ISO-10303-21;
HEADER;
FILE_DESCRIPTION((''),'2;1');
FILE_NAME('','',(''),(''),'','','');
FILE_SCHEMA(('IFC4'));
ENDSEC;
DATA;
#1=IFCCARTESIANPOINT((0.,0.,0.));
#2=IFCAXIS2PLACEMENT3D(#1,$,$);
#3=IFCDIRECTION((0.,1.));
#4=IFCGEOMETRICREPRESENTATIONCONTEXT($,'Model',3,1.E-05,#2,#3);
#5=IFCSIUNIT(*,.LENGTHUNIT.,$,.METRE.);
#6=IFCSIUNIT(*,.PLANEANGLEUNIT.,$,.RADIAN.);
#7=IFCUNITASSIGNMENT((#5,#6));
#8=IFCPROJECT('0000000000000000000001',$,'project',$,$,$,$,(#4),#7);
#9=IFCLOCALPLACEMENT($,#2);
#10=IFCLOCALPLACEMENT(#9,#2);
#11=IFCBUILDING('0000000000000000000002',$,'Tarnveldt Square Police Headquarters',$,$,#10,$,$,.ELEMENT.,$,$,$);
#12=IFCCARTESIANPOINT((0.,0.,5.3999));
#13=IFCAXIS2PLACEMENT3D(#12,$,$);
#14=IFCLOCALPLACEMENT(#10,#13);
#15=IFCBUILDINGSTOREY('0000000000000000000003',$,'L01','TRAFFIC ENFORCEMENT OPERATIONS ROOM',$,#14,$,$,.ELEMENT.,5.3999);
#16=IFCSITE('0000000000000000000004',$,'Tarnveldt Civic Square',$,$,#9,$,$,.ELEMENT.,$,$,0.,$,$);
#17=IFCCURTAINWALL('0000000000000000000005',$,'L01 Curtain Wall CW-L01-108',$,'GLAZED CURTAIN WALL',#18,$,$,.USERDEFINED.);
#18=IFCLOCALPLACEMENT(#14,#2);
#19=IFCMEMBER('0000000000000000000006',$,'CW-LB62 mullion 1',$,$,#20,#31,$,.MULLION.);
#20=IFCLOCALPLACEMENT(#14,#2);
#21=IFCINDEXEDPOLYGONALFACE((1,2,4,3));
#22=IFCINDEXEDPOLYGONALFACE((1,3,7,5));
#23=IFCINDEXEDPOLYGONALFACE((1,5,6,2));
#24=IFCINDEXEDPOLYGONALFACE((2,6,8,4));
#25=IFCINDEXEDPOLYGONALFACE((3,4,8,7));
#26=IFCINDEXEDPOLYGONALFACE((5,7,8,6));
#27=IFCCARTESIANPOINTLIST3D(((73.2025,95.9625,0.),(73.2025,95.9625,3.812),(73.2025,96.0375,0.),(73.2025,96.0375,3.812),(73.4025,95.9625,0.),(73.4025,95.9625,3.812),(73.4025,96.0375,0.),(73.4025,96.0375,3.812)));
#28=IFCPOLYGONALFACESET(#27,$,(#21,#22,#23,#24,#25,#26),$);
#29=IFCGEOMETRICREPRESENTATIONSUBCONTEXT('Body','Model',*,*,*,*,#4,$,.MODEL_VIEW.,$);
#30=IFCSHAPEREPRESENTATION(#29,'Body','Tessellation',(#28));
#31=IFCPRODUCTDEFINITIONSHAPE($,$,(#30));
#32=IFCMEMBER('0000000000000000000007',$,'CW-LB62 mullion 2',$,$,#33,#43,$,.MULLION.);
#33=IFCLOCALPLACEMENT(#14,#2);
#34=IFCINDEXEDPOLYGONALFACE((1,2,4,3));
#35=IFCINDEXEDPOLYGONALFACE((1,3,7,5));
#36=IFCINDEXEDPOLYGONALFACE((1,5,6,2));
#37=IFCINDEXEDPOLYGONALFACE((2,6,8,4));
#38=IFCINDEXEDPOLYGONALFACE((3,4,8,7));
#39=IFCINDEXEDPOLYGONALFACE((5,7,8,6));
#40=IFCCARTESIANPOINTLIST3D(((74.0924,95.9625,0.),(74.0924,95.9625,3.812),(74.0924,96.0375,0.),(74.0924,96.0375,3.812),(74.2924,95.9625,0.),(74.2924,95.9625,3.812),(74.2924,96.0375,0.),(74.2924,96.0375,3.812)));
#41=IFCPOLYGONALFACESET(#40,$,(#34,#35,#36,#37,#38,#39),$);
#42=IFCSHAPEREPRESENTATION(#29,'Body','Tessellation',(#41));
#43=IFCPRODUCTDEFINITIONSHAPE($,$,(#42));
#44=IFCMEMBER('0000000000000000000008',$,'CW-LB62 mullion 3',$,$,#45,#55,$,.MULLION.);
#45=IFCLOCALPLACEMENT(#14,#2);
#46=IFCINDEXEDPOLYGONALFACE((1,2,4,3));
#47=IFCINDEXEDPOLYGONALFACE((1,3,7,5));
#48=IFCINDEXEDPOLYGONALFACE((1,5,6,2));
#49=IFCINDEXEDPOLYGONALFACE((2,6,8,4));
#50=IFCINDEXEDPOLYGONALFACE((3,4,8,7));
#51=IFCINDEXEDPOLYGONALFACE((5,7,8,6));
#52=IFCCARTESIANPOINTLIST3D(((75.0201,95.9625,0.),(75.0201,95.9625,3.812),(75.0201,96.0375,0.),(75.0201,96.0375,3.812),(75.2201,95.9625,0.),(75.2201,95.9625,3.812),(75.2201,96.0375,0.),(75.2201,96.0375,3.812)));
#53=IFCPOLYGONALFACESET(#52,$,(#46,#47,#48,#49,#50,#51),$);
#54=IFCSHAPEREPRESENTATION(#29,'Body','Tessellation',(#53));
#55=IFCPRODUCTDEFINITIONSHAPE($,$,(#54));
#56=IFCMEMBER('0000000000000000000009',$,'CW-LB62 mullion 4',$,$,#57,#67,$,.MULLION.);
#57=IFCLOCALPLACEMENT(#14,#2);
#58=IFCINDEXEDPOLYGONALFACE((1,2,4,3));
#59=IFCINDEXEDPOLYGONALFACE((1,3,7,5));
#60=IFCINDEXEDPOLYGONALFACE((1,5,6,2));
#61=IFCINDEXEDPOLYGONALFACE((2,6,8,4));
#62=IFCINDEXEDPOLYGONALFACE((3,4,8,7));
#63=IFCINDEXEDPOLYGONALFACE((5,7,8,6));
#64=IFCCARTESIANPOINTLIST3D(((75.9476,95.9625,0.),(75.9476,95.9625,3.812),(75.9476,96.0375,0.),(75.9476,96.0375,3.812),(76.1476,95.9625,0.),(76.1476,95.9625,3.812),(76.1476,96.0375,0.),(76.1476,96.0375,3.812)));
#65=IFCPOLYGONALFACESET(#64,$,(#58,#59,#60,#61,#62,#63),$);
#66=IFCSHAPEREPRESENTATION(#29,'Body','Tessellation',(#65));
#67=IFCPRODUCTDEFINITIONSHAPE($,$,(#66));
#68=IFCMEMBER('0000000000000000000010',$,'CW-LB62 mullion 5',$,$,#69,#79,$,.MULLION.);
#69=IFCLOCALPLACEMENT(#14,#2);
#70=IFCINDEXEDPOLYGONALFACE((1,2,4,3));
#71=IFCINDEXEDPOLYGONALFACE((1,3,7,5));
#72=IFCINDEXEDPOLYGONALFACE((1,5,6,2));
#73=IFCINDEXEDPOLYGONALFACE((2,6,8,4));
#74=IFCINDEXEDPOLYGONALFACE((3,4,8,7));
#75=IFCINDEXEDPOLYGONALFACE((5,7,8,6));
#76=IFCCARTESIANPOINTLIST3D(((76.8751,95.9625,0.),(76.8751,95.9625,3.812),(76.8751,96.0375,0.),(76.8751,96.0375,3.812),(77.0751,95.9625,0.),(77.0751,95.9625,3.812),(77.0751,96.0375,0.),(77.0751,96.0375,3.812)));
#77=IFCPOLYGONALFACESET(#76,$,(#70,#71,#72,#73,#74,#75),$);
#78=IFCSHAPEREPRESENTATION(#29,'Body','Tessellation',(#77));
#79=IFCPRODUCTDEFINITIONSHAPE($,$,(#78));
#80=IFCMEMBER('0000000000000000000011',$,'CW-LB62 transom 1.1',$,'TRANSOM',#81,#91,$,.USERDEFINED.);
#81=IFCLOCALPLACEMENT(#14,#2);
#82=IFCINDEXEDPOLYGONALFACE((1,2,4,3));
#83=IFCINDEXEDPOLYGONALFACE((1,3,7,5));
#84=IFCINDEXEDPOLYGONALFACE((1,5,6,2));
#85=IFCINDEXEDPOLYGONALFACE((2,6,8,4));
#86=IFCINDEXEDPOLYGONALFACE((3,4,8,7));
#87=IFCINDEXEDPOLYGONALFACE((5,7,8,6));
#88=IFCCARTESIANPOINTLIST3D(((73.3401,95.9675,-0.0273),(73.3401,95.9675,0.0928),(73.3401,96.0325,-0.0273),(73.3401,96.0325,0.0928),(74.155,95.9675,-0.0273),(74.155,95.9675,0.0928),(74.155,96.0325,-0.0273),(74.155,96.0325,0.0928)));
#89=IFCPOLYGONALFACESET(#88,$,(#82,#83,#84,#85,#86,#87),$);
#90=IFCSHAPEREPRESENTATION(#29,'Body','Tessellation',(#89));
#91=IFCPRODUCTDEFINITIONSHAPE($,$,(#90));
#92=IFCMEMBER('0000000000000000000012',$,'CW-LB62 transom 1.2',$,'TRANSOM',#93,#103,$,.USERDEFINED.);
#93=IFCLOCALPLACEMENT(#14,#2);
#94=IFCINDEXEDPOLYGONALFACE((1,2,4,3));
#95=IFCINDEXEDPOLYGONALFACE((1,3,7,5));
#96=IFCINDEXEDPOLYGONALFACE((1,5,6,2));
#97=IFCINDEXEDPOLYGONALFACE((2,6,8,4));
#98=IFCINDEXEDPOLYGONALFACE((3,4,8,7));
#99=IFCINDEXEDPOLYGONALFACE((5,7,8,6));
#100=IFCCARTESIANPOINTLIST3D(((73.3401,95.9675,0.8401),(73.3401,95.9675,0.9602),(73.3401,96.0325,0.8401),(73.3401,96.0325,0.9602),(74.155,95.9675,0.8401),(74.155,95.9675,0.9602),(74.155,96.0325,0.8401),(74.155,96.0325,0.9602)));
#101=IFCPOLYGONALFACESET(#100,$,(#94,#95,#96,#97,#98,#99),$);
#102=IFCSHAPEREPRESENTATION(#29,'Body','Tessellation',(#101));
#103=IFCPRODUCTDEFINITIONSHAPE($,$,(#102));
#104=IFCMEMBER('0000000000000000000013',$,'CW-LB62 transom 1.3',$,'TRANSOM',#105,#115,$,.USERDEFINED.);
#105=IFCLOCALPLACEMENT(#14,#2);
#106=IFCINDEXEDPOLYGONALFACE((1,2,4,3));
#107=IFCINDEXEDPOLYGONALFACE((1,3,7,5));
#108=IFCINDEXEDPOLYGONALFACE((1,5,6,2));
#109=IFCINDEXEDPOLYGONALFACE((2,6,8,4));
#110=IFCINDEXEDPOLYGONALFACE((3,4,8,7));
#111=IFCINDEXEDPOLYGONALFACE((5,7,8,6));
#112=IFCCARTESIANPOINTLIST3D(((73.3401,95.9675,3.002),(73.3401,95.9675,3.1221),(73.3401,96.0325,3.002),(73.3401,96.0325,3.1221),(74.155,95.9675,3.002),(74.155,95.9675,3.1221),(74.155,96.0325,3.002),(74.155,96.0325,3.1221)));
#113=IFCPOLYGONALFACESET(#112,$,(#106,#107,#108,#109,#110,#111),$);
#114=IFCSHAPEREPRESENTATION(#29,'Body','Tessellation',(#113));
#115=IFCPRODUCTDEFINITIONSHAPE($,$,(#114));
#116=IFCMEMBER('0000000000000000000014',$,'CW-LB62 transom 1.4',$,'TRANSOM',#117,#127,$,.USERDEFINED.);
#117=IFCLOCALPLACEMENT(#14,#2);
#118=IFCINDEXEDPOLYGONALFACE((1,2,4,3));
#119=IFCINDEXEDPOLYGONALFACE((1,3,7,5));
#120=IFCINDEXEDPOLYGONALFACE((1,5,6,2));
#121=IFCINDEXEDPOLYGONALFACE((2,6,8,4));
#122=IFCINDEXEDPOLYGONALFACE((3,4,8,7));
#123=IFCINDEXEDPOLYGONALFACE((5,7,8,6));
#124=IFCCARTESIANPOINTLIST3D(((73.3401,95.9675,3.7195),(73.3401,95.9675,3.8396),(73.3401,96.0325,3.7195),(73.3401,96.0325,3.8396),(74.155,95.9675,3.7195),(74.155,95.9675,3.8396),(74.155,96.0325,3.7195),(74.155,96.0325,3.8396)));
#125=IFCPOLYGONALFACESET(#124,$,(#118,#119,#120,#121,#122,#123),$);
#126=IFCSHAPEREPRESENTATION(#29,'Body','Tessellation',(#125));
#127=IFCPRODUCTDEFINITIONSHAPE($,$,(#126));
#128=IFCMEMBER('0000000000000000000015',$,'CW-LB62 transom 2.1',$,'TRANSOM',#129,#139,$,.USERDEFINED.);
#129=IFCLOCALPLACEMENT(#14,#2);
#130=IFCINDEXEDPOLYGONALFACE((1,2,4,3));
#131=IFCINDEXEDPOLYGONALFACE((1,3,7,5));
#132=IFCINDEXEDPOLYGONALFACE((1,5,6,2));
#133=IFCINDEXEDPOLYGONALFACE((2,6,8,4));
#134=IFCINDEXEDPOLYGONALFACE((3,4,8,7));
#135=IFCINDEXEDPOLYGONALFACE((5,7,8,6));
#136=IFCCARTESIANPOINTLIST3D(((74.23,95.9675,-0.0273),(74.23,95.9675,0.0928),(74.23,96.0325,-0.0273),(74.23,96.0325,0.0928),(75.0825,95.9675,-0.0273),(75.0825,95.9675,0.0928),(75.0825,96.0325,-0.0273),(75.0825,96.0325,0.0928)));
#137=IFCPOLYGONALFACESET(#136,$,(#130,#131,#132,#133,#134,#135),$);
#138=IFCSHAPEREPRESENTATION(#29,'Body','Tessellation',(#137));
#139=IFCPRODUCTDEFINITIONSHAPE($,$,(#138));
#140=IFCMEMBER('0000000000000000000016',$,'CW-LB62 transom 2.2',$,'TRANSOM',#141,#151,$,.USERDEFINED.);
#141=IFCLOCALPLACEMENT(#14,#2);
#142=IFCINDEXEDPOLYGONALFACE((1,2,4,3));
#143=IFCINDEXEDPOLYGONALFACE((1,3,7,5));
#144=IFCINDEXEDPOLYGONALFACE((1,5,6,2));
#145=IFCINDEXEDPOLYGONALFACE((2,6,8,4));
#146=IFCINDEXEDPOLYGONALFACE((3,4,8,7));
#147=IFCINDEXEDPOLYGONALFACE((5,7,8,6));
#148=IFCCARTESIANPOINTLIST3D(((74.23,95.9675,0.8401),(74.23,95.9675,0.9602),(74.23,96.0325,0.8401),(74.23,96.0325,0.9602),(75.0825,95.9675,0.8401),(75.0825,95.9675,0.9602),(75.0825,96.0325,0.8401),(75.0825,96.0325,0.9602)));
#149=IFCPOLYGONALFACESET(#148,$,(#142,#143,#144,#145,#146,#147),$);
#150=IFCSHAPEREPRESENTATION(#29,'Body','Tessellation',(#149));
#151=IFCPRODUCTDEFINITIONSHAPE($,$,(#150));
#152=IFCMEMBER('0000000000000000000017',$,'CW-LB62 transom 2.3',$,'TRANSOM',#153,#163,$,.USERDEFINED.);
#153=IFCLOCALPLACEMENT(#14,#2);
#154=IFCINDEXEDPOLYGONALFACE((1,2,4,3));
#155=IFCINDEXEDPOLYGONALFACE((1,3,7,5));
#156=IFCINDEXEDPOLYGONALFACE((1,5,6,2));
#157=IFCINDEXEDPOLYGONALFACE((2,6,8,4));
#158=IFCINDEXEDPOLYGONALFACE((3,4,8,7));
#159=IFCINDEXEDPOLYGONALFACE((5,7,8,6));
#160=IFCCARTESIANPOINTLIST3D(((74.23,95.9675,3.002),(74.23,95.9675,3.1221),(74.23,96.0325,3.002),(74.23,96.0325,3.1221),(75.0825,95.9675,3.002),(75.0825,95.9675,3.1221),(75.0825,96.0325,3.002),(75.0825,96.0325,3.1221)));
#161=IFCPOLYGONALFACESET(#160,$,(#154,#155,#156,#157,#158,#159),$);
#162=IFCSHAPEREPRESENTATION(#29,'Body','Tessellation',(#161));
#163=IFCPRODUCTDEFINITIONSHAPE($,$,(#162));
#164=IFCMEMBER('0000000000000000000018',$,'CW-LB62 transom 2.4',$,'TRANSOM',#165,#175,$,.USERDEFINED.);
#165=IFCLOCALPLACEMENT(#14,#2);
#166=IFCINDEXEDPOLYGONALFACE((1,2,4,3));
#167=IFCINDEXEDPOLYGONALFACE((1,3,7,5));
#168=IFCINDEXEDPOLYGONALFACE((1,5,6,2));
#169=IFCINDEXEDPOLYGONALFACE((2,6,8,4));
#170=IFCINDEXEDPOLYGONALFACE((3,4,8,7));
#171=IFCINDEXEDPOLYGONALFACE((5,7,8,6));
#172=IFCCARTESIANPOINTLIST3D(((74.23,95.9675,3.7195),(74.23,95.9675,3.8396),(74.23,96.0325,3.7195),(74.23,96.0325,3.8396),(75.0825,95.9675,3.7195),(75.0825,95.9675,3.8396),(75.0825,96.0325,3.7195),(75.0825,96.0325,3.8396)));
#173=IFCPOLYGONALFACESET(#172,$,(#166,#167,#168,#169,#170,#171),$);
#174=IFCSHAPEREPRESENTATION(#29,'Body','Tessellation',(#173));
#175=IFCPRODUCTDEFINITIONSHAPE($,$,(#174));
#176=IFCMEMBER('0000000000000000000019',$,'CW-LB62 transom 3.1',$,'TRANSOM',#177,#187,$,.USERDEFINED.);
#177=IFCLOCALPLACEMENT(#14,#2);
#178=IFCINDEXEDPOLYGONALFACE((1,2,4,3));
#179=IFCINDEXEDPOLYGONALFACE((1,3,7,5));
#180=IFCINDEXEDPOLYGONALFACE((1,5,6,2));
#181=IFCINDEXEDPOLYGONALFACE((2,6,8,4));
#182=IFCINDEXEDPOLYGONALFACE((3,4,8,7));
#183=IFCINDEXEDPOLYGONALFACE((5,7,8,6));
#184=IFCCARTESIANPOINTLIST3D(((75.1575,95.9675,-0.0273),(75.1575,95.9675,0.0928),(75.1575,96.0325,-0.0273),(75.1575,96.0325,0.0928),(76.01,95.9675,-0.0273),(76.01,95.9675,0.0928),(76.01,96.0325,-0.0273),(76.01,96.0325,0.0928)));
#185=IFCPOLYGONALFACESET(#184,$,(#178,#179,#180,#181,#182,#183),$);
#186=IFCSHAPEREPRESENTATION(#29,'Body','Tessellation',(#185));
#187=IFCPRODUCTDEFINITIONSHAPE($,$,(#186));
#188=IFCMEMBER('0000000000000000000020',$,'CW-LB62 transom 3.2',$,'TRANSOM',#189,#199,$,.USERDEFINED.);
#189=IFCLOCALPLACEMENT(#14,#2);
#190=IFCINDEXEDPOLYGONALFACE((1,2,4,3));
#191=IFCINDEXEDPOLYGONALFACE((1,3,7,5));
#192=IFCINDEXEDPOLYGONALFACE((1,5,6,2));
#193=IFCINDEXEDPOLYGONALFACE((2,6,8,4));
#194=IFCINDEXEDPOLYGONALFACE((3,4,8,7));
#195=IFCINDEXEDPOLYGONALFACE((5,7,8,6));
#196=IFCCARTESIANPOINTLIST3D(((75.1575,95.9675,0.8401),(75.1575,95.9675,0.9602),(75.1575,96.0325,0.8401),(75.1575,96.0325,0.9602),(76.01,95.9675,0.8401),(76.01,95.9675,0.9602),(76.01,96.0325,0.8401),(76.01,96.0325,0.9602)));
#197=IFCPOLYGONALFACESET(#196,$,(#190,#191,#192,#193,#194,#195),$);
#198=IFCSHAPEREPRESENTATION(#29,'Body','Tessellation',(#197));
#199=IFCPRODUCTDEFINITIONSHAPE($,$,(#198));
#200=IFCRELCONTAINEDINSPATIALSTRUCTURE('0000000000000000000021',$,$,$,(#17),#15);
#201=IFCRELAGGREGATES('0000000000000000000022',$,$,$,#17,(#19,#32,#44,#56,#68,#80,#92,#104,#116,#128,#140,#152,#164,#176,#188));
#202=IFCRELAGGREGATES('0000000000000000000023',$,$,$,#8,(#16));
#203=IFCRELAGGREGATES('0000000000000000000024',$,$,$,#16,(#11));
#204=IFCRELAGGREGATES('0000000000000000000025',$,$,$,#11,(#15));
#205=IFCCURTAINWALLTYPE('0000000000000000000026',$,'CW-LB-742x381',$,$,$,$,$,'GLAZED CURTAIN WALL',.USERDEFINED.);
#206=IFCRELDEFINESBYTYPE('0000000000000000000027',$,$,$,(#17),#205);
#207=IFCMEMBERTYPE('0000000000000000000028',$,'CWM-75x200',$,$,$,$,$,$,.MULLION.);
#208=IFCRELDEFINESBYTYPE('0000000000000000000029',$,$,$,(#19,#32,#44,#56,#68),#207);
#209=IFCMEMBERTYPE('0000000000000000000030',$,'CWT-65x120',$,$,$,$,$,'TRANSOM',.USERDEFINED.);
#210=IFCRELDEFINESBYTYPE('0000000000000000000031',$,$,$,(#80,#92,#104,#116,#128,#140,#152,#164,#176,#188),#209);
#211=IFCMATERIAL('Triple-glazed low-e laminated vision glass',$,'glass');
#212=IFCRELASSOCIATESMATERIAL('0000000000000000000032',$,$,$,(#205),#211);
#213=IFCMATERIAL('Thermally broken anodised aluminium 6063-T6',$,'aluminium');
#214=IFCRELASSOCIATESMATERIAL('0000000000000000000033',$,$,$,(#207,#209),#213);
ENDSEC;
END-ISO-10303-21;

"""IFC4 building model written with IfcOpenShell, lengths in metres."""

from ifc_helpers import new_model, si_unit, direction, frame, origin, origin_2d, place, context, subcontext, project, spatial, rectangle, extrude, material, material_profile, profile_set, type_object, element, aggregate, save


model = new_model("IFC4")

# Units and contexts
model_context = context("Model", 3, precision=1e-05, world=origin(), true_north=direction((0.0, 1.0)))
body_context = subcontext(model_context, "Body", "Model", "MODEL_VIEW")
ifc_project = project(units=[si_unit("LENGTHUNIT", "METRE"), si_unit("PLANEANGLEUNIT", "RADIAN")], contexts=[model_context])

# Site, building, storey
site_placement = place(None, origin())
site = spatial("IfcSite", under=ifc_project, at=site_placement, Name="Tarnveldt Civic Square", CompositionType="ELEMENT", RefElevation=0.0)
building_placement = place(site_placement, origin())
building = spatial("IfcBuilding", under=site, at=building_placement, Name="Tarnveldt Square Police Headquarters", CompositionType="ELEMENT")
storey_placement = place(building_placement, frame((0.0, 0.0, 5.3999)))
storey = spatial("IfcBuildingStorey", under=building, at=storey_placement, Name="L01", Description="TRAFFIC ENFORCEMENT OPERATIONS ROOM", CompositionType="ELEMENT", Elevation=5.3999)

# Curtain wall, members
ifc_material_1 = material(Name="Triple-glazed low-e laminated vision glass", Category="glass")
curtain_wall_type = type_object("IfcCurtainWallType", Name="CW-LB-742x381", ElementType="GLAZED CURTAIN WALL", PredefinedType="USERDEFINED", material=ifc_material_1)
curtain_wall_placement = place(storey_placement, origin())
curtain_wall = element("IfcCurtainWall", 1, at=curtain_wall_placement, inside=storey, type_object=curtain_wall_type, Name="L01 Curtain Wall CW-L01-108", ObjectType="GLAZED CURTAIN WALL", PredefinedType="USERDEFINED")
ifc_material_2 = material(Name="Thermally broken anodised aluminium 6063-T6", Category="aluminium")
ifc_material_profile_1 = material_profile(ifc_material_2, rectangle(XDim=0.075, YDim=0.2, at=origin_2d()), Name="CW-M75x200")
ifc_profile_set_1 = profile_set([ifc_material_profile_1], Name="Thermally broken anodised aluminium 6063-T6")
member_type_1 = type_object("IfcMemberType", Name="CWM-75x200", PredefinedType="MULLION", material=ifc_profile_set_1)
member_1_placement = place(storey_placement, frame((73.3025, 96.0, 0.0), z_axis=(0.0, 0.0, 1.0), x_axis=(0.0, 1.0, 0.0)))
member_1 = element("IfcMember", 2, at=member_1_placement, type_object=member_type_1, Name="CW-LB62 mullion 1", PredefinedType="MULLION", context=body_context, shape_type="SweptSolid", body=[
    extrude(rectangle(XDim=0.075, YDim=0.2, at=origin_2d()), origin(), (0.0, 0.0, 1.0), 3.812),
])
member_2_placement = place(storey_placement, frame((74.1924, 96.0, 0.0), z_axis=(0.0, 0.0, 1.0), x_axis=(0.0, 1.0, 0.0)))
member_2 = element("IfcMember", 3, at=member_2_placement, type_object=member_type_1, Name="CW-LB62 mullion 2", PredefinedType="MULLION", context=body_context, shape_type="SweptSolid", body=[
    extrude(rectangle(XDim=0.075, YDim=0.2, at=origin_2d()), origin(), (0.0, 0.0, 1.0), 3.812),
])
member_3_placement = place(storey_placement, frame((75.1201, 96.0, 0.0), z_axis=(0.0, 0.0, 1.0), x_axis=(0.0, 1.0, 0.0)))
member_3 = element("IfcMember", 4, at=member_3_placement, type_object=member_type_1, Name="CW-LB62 mullion 3", PredefinedType="MULLION", context=body_context, shape_type="SweptSolid", body=[
    extrude(rectangle(XDim=0.075, YDim=0.2, at=origin_2d()), origin(), (0.0, 0.0, 1.0), 3.812),
])
member_4_placement = place(storey_placement, frame((76.0476, 96.0, 0.0), z_axis=(0.0, 0.0, 1.0), x_axis=(0.0, 1.0, 0.0)))
member_4 = element("IfcMember", 5, at=member_4_placement, type_object=member_type_1, Name="CW-LB62 mullion 4", PredefinedType="MULLION", context=body_context, shape_type="SweptSolid", body=[
    extrude(rectangle(XDim=0.075, YDim=0.2, at=origin_2d()), origin(), (0.0, 0.0, 1.0), 3.812),
])
member_5_placement = place(storey_placement, frame((76.9751, 96.0, 0.0), z_axis=(0.0, 0.0, 1.0), x_axis=(0.0, 1.0, 0.0)))
member_5 = element("IfcMember", 6, at=member_5_placement, type_object=member_type_1, Name="CW-LB62 mullion 5", PredefinedType="MULLION", context=body_context, shape_type="SweptSolid", body=[
    extrude(rectangle(XDim=0.075, YDim=0.2, at=origin_2d()), origin(), (0.0, 0.0, 1.0), 3.812),
])
ifc_material_profile_2 = material_profile(ifc_material_2, rectangle(XDim=0.0649, YDim=0.1201, at=origin_2d()), Name="CW-T65x120")
ifc_profile_set_2 = profile_set([ifc_material_profile_2], Name="Thermally broken anodised aluminium 6063-T6")
member_type_2 = type_object("IfcMemberType", Name="CWT-65x120", ElementType="TRANSOM", PredefinedType="USERDEFINED", material=ifc_profile_set_2)
member_6_placement = place(storey_placement, frame((73.3401, 96.0, 0.0327), z_axis=(1.0, 0.0, 0.0), x_axis=(0.0, 1.0, 0.0)))
member_6 = element("IfcMember", 7, at=member_6_placement, type_object=member_type_2, Name="CW-LB62 transom 1.1", ObjectType="TRANSOM", PredefinedType="USERDEFINED", context=body_context, shape_type="SweptSolid", body=[
    extrude(rectangle(XDim=0.0649, YDim=0.1201, at=origin_2d()), origin(), (0.0, 0.0, 1.0), 0.8149),
])
member_7_placement = place(storey_placement, frame((73.3401, 96.0, 0.9001), z_axis=(1.0, 0.0, 0.0), x_axis=(0.0, 1.0, 0.0)))
member_7 = element("IfcMember", 8, at=member_7_placement, type_object=member_type_2, Name="CW-LB62 transom 1.2", ObjectType="TRANSOM", PredefinedType="USERDEFINED", context=body_context, shape_type="SweptSolid", body=[
    extrude(rectangle(XDim=0.0649, YDim=0.1201, at=origin_2d()), origin(), (0.0, 0.0, 1.0), 0.8149),
])
member_8_placement = place(storey_placement, frame((73.3401, 96.0, 3.062), z_axis=(1.0, 0.0, 0.0), x_axis=(0.0, 1.0, 0.0)))
member_8 = element("IfcMember", 9, at=member_8_placement, type_object=member_type_2, Name="CW-LB62 transom 1.3", ObjectType="TRANSOM", PredefinedType="USERDEFINED", context=body_context, shape_type="SweptSolid", body=[
    extrude(rectangle(XDim=0.0649, YDim=0.1201, at=origin_2d()), origin(), (0.0, 0.0, 1.0), 0.8149),
])
member_9_placement = place(storey_placement, frame((73.3401, 96.0, 3.7795), z_axis=(1.0, 0.0, 0.0), x_axis=(0.0, 1.0, 0.0)))
member_9 = element("IfcMember", 10, at=member_9_placement, type_object=member_type_2, Name="CW-LB62 transom 1.4", ObjectType="TRANSOM", PredefinedType="USERDEFINED", context=body_context, shape_type="SweptSolid", body=[
    extrude(rectangle(XDim=0.0649, YDim=0.1201, at=origin_2d()), origin(), (0.0, 0.0, 1.0), 0.8149),
])
member_10_placement = place(storey_placement, frame((74.23, 96.0, 0.0327), z_axis=(1.0, 0.0, 0.0), x_axis=(0.0, 1.0, 0.0)))
member_10 = element("IfcMember", 11, at=member_10_placement, type_object=member_type_2, Name="CW-LB62 transom 2.1", ObjectType="TRANSOM", PredefinedType="USERDEFINED", context=body_context, shape_type="SweptSolid", body=[
    extrude(rectangle(XDim=0.0649, YDim=0.1201, at=origin_2d()), origin(), (0.0, 0.0, 1.0), 0.8525),
])
member_11_placement = place(storey_placement, frame((74.23, 96.0, 0.9001), z_axis=(1.0, 0.0, 0.0), x_axis=(0.0, 1.0, 0.0)))
member_11 = element("IfcMember", 12, at=member_11_placement, type_object=member_type_2, Name="CW-LB62 transom 2.2", ObjectType="TRANSOM", PredefinedType="USERDEFINED", context=body_context, shape_type="SweptSolid", body=[
    extrude(rectangle(XDim=0.0649, YDim=0.1201, at=origin_2d()), origin(), (0.0, 0.0, 1.0), 0.8525),
])
member_12_placement = place(storey_placement, frame((74.23, 96.0, 3.062), z_axis=(1.0, 0.0, 0.0), x_axis=(0.0, 1.0, 0.0)))
member_12 = element("IfcMember", 13, at=member_12_placement, type_object=member_type_2, Name="CW-LB62 transom 2.3", ObjectType="TRANSOM", PredefinedType="USERDEFINED", context=body_context, shape_type="SweptSolid", body=[
    extrude(rectangle(XDim=0.0649, YDim=0.1201, at=origin_2d()), origin(), (0.0, 0.0, 1.0), 0.8525),
])
member_13_placement = place(storey_placement, frame((74.23, 96.0, 3.7795), z_axis=(1.0, 0.0, 0.0), x_axis=(0.0, 1.0, 0.0)))
member_13 = element("IfcMember", 14, at=member_13_placement, type_object=member_type_2, Name="CW-LB62 transom 2.4", ObjectType="TRANSOM", PredefinedType="USERDEFINED", context=body_context, shape_type="SweptSolid", body=[
    extrude(rectangle(XDim=0.0649, YDim=0.1201, at=origin_2d()), origin(), (0.0, 0.0, 1.0), 0.8525),
])
member_14_placement = place(storey_placement, frame((75.1575, 96.0, 0.0327), z_axis=(1.0, 0.0, 0.0), x_axis=(0.0, 1.0, 0.0)))
member_14 = element("IfcMember", 15, at=member_14_placement, type_object=member_type_2, Name="CW-LB62 transom 3.1", ObjectType="TRANSOM", PredefinedType="USERDEFINED", context=body_context, shape_type="SweptSolid", body=[
    extrude(rectangle(XDim=0.0649, YDim=0.1201, at=origin_2d()), origin(), (0.0, 0.0, 1.0), 0.8525),
])
member_15_placement = place(storey_placement, frame((75.1575, 96.0, 0.9001), z_axis=(1.0, 0.0, 0.0), x_axis=(0.0, 1.0, 0.0)))
member_15 = element("IfcMember", 16, at=member_15_placement, type_object=member_type_2, Name="CW-LB62 transom 3.2", ObjectType="TRANSOM", PredefinedType="USERDEFINED", context=body_context, shape_type="SweptSolid", body=[
    extrude(rectangle(XDim=0.0649, YDim=0.1201, at=origin_2d()), origin(), (0.0, 0.0, 1.0), 0.8525),
])
aggregate(curtain_wall, [member_1, member_2, member_3, member_4, member_5, member_6, member_7, member_8, member_9, member_10, member_11, member_12, member_13, member_14, member_15])

save(model, "model.ifc")
